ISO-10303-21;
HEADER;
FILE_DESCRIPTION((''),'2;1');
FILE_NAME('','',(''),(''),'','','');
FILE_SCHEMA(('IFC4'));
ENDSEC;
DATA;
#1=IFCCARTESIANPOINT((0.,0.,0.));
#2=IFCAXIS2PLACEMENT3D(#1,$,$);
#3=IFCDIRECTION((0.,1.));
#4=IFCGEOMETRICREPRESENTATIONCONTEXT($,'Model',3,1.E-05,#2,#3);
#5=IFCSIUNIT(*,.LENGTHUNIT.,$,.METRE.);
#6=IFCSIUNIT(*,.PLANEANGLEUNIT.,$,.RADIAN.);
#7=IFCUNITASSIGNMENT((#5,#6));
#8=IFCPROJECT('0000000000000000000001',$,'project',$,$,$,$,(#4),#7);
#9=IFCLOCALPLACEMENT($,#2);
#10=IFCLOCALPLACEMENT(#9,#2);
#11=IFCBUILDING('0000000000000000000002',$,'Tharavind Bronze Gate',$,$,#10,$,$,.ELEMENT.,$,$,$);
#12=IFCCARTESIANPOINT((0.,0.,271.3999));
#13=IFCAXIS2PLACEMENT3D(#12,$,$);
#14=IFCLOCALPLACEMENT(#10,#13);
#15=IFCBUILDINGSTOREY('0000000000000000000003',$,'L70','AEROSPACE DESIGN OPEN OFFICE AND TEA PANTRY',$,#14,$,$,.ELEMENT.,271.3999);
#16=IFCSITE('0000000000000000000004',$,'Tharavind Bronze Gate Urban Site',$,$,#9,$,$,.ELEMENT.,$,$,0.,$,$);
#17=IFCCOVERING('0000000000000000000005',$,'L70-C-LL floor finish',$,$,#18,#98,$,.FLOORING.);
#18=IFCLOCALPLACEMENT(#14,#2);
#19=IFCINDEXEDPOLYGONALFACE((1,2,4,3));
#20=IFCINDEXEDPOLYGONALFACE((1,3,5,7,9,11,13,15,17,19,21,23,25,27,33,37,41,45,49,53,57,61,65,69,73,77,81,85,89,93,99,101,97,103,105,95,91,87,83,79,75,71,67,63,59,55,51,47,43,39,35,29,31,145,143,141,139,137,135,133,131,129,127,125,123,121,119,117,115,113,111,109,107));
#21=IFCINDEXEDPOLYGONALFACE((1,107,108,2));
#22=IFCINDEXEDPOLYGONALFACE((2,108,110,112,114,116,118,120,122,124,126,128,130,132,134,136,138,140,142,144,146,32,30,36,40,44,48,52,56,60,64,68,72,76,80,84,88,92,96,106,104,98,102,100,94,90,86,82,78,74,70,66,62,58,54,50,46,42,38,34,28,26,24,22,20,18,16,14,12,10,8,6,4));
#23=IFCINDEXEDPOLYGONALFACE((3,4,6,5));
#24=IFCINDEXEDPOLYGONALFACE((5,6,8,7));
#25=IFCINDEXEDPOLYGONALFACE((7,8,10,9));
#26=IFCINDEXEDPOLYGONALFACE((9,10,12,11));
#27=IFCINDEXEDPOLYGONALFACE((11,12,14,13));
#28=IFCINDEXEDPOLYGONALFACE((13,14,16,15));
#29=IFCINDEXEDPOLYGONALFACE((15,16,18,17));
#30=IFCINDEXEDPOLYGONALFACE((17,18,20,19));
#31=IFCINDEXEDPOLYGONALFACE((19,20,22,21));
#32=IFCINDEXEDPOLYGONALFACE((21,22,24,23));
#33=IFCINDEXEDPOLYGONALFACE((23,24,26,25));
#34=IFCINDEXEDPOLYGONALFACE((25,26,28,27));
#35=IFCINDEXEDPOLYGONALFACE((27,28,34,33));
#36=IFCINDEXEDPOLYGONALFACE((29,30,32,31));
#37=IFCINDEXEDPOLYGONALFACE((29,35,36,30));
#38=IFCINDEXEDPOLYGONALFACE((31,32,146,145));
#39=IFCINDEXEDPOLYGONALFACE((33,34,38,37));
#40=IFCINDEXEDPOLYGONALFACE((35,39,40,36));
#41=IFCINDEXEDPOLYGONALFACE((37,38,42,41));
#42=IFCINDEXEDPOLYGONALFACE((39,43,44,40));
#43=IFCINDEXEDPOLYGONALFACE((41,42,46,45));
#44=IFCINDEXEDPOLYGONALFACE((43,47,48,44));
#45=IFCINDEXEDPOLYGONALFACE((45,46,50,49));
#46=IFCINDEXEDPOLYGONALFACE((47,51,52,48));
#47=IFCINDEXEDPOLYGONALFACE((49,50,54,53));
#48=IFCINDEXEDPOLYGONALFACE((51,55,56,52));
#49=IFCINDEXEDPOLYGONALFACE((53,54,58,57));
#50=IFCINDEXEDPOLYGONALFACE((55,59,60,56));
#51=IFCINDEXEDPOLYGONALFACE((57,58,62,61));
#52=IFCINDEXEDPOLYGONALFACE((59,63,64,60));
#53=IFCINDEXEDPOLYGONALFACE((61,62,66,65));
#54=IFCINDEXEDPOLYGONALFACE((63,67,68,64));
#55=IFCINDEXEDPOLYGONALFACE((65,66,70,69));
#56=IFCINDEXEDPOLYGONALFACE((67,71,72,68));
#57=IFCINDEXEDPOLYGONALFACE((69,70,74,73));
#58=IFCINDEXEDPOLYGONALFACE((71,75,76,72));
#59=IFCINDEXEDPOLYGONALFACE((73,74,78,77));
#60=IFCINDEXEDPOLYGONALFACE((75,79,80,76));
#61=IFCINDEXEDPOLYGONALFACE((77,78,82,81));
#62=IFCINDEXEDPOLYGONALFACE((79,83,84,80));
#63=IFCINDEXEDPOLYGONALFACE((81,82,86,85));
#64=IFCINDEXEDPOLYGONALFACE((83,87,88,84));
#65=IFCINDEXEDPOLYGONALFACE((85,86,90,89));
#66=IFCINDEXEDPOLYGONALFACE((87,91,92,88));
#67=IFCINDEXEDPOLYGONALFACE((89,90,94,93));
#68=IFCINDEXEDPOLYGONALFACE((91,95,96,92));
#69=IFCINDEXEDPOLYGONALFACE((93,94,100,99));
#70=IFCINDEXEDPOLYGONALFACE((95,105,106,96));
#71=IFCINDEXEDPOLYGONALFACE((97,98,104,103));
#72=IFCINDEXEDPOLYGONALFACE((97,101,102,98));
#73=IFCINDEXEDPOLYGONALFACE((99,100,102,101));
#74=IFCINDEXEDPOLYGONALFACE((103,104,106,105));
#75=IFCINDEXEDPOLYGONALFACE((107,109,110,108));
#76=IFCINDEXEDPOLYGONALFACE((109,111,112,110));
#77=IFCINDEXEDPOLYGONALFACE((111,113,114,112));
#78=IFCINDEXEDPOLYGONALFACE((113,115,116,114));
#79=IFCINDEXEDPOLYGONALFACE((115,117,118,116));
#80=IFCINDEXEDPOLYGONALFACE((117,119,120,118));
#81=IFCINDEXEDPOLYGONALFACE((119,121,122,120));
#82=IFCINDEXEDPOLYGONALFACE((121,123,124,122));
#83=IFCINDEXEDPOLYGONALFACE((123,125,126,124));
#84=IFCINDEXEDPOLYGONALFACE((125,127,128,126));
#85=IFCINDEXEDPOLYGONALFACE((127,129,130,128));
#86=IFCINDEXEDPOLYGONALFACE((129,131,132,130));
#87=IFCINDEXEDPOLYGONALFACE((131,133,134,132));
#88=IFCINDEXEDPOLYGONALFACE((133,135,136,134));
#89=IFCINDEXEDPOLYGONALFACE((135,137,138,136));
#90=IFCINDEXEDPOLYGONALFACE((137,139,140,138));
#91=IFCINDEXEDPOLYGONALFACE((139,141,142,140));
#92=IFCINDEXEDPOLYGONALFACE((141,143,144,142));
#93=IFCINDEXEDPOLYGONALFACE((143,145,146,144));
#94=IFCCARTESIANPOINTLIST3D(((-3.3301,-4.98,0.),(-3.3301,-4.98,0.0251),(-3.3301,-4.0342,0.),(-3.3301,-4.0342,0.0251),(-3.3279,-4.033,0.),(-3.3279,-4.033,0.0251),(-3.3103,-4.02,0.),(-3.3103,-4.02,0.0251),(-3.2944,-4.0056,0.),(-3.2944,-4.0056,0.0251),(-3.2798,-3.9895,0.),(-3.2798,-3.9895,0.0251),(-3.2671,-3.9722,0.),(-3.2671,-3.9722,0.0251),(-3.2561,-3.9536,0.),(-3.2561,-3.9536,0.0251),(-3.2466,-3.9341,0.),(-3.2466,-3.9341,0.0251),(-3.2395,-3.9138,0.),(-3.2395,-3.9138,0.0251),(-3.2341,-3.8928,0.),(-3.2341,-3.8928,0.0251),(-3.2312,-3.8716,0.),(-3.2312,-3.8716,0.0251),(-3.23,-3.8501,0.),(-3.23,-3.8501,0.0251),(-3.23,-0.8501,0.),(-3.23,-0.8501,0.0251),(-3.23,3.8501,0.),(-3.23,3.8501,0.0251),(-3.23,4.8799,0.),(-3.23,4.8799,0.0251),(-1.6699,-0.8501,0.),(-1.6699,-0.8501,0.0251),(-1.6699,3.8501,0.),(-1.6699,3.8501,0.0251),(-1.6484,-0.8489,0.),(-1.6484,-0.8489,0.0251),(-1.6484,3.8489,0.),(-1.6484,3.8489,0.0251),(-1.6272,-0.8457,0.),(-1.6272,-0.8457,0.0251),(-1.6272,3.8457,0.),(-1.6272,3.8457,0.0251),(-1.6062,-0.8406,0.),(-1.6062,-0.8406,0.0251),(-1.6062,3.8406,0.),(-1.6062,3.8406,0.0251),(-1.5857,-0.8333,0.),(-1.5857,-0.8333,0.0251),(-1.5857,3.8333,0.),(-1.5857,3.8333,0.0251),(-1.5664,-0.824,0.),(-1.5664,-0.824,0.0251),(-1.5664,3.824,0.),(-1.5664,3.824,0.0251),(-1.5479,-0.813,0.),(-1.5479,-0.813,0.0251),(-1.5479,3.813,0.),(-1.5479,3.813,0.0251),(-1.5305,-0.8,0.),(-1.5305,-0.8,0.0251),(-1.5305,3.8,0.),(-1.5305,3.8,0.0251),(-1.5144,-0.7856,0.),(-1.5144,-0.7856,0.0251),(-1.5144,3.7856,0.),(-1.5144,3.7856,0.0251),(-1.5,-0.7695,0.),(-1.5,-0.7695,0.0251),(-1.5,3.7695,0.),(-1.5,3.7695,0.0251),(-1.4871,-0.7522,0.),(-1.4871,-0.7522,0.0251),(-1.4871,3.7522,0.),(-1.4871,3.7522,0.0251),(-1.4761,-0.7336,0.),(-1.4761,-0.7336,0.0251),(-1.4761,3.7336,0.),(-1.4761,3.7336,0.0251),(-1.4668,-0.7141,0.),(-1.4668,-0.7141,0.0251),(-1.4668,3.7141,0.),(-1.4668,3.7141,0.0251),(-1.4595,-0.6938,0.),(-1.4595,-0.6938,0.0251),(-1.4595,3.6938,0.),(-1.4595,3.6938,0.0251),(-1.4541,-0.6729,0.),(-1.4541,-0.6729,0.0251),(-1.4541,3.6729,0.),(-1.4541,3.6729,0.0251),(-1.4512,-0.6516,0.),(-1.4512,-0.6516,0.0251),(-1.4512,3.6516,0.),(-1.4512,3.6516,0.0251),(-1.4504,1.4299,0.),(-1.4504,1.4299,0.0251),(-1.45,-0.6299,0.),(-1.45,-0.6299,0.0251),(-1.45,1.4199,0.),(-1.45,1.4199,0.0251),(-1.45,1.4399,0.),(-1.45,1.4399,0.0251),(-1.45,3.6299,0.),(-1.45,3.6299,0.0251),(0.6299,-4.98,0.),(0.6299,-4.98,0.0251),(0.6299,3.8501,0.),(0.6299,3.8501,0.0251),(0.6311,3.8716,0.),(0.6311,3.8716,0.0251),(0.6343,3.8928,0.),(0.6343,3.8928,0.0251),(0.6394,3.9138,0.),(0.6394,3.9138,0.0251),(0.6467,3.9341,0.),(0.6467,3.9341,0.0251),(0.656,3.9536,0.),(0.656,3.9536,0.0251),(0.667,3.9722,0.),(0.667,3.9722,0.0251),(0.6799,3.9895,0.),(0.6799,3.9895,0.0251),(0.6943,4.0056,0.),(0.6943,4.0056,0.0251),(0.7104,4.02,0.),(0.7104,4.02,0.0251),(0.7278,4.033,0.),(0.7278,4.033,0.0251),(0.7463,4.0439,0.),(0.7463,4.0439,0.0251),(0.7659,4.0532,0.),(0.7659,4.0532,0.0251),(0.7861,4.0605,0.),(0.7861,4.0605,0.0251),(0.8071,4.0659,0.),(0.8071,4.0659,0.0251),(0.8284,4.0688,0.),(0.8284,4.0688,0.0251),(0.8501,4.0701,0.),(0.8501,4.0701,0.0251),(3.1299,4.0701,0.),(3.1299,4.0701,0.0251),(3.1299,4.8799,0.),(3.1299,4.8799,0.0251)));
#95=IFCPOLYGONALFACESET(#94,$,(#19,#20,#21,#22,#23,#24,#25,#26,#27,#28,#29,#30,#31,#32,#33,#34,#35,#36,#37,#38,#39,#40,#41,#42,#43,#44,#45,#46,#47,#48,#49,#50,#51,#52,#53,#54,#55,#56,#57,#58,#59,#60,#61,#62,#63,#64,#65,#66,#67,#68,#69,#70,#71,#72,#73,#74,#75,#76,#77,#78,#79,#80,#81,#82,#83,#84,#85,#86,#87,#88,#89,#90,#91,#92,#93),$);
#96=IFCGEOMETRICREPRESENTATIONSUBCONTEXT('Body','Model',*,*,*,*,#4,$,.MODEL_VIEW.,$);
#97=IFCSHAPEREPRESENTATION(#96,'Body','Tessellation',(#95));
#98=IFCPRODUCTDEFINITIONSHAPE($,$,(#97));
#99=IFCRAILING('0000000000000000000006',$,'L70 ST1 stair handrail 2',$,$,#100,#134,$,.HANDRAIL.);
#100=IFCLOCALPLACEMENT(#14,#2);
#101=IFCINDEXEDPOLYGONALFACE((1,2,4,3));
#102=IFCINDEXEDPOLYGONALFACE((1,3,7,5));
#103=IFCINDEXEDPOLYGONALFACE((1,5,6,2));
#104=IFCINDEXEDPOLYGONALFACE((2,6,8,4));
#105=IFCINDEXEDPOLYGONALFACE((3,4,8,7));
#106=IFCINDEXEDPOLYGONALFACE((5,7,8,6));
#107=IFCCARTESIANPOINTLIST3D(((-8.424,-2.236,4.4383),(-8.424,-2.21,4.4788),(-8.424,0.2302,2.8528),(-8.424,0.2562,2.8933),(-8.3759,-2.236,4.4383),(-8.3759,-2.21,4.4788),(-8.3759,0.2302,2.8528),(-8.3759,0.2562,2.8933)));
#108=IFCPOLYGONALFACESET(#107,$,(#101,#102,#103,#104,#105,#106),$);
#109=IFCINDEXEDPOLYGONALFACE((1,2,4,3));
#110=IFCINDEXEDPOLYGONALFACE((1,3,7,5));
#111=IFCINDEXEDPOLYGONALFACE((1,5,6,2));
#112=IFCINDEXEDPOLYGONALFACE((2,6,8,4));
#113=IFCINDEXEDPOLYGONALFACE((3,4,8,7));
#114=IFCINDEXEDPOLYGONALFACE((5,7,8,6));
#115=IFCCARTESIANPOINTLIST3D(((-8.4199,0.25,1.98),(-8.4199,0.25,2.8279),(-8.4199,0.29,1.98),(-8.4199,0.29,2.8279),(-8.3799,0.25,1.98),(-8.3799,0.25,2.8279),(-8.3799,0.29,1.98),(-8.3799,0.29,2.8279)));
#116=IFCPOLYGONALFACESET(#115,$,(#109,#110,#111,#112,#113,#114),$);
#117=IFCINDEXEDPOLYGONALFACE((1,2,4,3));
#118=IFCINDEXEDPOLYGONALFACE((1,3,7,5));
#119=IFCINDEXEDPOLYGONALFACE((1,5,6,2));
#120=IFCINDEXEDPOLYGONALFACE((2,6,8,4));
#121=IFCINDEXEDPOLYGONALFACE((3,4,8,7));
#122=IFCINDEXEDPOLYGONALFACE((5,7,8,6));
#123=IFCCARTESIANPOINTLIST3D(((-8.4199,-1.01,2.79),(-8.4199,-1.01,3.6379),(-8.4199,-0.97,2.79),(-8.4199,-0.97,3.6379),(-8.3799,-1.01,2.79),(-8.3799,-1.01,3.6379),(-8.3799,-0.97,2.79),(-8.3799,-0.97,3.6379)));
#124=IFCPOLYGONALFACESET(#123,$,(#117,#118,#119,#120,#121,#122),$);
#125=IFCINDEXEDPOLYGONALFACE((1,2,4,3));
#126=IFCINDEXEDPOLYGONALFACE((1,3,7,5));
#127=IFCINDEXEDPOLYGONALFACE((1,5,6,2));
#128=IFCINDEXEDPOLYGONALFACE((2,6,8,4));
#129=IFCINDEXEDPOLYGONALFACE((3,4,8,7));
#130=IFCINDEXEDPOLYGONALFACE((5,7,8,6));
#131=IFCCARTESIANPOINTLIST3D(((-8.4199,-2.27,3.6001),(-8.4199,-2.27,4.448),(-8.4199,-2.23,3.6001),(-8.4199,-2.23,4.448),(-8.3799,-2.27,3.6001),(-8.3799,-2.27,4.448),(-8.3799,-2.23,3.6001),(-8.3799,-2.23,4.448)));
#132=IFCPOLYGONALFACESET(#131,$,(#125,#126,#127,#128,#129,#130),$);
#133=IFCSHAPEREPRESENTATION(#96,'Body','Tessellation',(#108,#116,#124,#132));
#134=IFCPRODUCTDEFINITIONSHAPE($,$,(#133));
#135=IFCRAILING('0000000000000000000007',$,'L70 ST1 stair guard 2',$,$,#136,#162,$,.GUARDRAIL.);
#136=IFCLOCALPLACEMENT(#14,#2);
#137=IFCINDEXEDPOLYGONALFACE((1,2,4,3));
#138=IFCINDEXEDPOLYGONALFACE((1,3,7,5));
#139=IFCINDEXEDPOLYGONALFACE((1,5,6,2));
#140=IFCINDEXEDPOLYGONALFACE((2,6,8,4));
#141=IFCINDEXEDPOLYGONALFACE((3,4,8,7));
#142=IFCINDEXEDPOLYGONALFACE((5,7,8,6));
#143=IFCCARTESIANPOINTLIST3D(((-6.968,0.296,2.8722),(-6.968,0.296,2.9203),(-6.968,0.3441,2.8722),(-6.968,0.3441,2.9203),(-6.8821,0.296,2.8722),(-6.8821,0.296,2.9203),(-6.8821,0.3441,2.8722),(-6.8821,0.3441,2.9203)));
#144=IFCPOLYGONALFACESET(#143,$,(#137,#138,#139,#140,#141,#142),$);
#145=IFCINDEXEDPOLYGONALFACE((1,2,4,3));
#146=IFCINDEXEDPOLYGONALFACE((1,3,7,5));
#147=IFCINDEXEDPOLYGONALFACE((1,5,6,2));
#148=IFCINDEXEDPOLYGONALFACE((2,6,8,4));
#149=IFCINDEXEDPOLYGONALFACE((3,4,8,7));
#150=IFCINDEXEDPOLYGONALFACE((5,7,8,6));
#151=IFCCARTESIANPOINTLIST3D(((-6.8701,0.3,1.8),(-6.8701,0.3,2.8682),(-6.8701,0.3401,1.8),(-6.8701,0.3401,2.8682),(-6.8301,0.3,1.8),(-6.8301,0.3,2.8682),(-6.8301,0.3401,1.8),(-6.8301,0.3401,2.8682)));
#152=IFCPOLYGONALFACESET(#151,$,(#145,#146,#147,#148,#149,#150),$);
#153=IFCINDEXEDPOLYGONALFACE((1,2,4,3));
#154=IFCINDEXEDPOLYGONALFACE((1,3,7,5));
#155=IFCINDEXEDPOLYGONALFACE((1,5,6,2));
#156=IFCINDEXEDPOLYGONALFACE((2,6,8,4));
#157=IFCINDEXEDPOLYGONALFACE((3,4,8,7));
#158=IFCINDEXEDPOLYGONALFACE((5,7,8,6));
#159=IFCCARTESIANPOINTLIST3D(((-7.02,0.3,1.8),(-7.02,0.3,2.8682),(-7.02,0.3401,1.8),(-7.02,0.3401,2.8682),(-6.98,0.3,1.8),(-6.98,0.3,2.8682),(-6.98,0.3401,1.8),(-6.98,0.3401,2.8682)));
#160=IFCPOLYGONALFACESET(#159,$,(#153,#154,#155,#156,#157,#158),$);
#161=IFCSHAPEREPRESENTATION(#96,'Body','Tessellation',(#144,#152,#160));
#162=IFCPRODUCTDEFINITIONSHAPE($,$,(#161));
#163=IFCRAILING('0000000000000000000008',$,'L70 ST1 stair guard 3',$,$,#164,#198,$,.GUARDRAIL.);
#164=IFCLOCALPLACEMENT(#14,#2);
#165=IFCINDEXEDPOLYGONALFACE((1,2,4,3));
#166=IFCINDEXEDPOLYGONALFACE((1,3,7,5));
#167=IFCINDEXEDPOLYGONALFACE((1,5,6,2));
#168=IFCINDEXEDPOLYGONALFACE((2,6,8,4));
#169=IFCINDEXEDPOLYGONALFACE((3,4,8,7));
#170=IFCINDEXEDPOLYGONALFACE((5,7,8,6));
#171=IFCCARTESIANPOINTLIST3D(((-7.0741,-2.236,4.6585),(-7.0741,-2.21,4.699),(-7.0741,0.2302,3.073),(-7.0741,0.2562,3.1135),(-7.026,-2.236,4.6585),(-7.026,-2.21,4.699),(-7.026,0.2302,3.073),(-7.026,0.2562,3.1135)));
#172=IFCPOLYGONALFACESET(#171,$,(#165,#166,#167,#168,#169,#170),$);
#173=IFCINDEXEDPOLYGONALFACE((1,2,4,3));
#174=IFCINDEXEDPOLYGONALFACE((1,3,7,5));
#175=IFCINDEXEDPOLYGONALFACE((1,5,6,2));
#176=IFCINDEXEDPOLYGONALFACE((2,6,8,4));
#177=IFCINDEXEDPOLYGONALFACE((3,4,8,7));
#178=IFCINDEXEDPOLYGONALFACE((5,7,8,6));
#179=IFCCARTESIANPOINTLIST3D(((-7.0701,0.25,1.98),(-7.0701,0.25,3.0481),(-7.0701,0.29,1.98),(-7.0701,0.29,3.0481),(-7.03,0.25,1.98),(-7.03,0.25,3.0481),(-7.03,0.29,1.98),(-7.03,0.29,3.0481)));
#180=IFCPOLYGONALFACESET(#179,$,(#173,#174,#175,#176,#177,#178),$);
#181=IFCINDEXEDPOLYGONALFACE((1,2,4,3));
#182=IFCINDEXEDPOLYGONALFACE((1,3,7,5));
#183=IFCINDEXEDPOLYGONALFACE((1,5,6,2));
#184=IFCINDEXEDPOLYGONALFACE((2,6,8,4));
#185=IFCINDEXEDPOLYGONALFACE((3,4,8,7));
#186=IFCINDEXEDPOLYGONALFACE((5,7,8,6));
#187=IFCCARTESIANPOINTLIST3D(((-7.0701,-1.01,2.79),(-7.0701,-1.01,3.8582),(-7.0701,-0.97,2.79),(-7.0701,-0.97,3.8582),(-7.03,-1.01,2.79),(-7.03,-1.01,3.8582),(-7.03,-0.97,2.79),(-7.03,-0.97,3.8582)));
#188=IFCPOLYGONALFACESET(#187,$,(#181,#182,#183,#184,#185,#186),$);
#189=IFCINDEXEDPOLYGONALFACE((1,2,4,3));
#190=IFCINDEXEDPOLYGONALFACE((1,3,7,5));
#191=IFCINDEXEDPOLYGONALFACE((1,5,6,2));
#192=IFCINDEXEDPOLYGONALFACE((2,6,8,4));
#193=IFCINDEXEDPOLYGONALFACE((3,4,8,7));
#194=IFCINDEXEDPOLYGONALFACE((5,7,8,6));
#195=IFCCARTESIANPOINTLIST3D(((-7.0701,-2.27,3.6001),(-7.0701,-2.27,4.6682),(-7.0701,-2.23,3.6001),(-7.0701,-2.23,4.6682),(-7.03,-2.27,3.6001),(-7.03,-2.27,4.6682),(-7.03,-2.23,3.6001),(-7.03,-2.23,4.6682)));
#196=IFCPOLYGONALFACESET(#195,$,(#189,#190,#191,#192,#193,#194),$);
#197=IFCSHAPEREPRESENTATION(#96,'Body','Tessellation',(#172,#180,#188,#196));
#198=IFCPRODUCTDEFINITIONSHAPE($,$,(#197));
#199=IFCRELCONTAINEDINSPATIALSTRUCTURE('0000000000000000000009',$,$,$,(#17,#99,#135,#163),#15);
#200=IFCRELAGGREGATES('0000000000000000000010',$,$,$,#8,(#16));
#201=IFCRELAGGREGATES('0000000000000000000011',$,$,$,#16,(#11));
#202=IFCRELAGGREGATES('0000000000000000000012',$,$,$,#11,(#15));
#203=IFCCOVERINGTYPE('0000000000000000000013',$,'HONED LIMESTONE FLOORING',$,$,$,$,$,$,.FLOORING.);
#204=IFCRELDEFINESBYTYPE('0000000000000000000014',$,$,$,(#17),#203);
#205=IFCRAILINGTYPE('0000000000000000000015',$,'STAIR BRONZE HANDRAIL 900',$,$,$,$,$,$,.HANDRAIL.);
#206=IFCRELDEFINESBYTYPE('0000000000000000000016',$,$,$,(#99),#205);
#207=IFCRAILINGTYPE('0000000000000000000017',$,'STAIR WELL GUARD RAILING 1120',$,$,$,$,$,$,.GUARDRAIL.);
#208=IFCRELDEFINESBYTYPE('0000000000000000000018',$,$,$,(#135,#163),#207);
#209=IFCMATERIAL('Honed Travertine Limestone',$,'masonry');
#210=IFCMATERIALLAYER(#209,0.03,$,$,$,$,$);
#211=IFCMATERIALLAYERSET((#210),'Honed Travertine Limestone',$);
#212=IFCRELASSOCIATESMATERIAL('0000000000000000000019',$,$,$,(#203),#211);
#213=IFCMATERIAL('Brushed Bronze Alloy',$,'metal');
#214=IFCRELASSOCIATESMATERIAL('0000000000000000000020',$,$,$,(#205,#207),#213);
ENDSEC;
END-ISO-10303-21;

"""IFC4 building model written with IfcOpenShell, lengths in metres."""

from ifc_helpers import new_model, si_unit, direction, frame, origin, origin_2d, place, context, subcontext, project, spatial, polyline, rectangle, outline, extrude, material, layer, layer_set, type_object, element, save


model = new_model("IFC4")

# Units and contexts
model_context = context("Model", 3, precision=1e-05, world=origin(), true_north=direction((0.0, 1.0)))
body_context = subcontext(model_context, "Body", "Model", "MODEL_VIEW")
ifc_project = project(units=[si_unit("LENGTHUNIT", "METRE"), si_unit("PLANEANGLEUNIT", "RADIAN")], contexts=[model_context])

# Site, building, storey
site_placement = place(None, origin())
site = spatial("IfcSite", under=ifc_project, at=site_placement, Name="Tharavind Bronze Gate Urban Site", CompositionType="ELEMENT", RefElevation=0.0)
building_placement = place(site_placement, origin())
building = spatial("IfcBuilding", under=site, at=building_placement, Name="Tharavind Bronze Gate", CompositionType="ELEMENT")
storey_placement = place(building_placement, frame((0.0, 0.0, 271.3999)))
storey = spatial("IfcBuildingStorey", under=building, at=storey_placement, Name="L70", Description="AEROSPACE DESIGN OPEN OFFICE AND TEA PANTRY", CompositionType="ELEMENT", Elevation=271.3999)

# Covering
ifc_material_1 = material(Name="Honed Travertine Limestone", Category="masonry")
ifc_layer_1 = layer(ifc_material_1, 0.03)
ifc_layer_set_1 = layer_set([ifc_layer_1], Name="Honed Travertine Limestone")
covering_type_1 = type_object("IfcCoveringType", Name="HONED LIMESTONE FLOORING", PredefinedType="FLOORING", material=ifc_layer_set_1)
covering_1_placement = place(storey_placement, origin())
element("IfcCovering", 1, at=covering_1_placement, inside=storey, type_object=covering_type_1, Name="L70-C-LL floor finish", PredefinedType="FLOORING", context=body_context, shape_type="SweptSolid", body=[
    extrude(outline(polyline([(-3.3301, -4.98), (0.6299, -4.98), (0.6299, 3.8501), (0.6311, 3.8716), (0.6343, 3.8928), (0.6394, 3.9138), (0.6467, 3.9341), (0.656, 3.9536), (0.667, 3.9722), (0.6799, 3.9895), (0.6943, 4.0056), (0.7104, 4.02), (0.7278, 4.033), (0.7463, 4.0439), (0.7659, 4.0532), (0.7861, 4.0605), (0.8071, 4.0659), (0.8284, 4.0688), (0.8501, 4.0701), (3.1299, 4.0701), (3.1299, 4.8799), (-3.23, 4.8799), (-3.23, 3.8501), (-1.6699, 3.8501), (-1.6484, 3.8489), (-1.6272, 3.8457), (-1.6062, 3.8406), (-1.5857, 3.8333), (-1.5664, 3.824), (-1.5479, 3.813), (-1.5305, 3.8), (-1.5144, 3.7856), (-1.5, 3.7695), (-1.4871, 3.7522), (-1.4761, 3.7336), (-1.4668, 3.7141), (-1.4595, 3.6938), (-1.4541, 3.6729), (-1.4512, 3.6516), (-1.45, 3.6299), (-1.45, 1.4399), (-1.4504, 1.4299), (-1.45, 1.4199), (-1.45, -0.6299), (-1.4512, -0.6516), (-1.4541, -0.6729), (-1.4595, -0.6938), (-1.4668, -0.7141), (-1.4761, -0.7336), (-1.4871, -0.7522), (-1.5, -0.7695), (-1.5144, -0.7856), (-1.5305, -0.8), (-1.5479, -0.813), (-1.5664, -0.824), (-1.5857, -0.8333), (-1.6062, -0.8406), (-1.6272, -0.8457), (-1.6484, -0.8489), (-1.6699, -0.8501), (-3.23, -0.8501), (-3.23, -3.8501), (-3.2312, -3.8716), (-3.2341, -3.8928), (-3.2395, -3.9138), (-3.2466, -3.9341), (-3.2561, -3.9536), (-3.2671, -3.9722), (-3.2798, -3.9895), (-3.2944, -4.0056), (-3.3103, -4.02), (-3.3279, -4.033), (-3.3301, -4.0342), (-3.3301, -4.98)])), origin(), (0.0, 0.0, 1.0), 0.0251),
])

# Railings
ifc_material_2 = material(Name="Brushed Bronze Alloy", Category="metal")
railing_type_1 = type_object("IfcRailingType", Name="STAIR BRONZE HANDRAIL 900", PredefinedType="HANDRAIL", material=ifc_material_2)
railing_1_placement = place(storey_placement, frame((-8.3999, 0.27, 1.98)))
element("IfcRailing", 2, at=railing_1_placement, inside=storey, type_object=railing_type_1, Name="L70 ST1 stair handrail 2", PredefinedType="HANDRAIL", context=body_context, shape_type="SweptSolid", body=[
    extrude(rectangle(XDim=0.0481, YDim=0.0481, at=origin_2d()), frame((0.0, -0.0269, 0.8931), z_axis=(0.0, -0.841163, 0.540782), x_axis=(1.0, 0.0, 0.0)), (0.0, 0.0, 1.0), 2.9319),
    extrude(rectangle(XDim=0.04, YDim=0.04, at=origin_2d()), origin(), (0.0, 0.0, 1.0), 0.8479),
    extrude(rectangle(XDim=0.04, YDim=0.04, at=origin_2d()), frame((0.0, -1.26, 0.8101)), (0.0, 0.0, 1.0), 0.8479),
    extrude(rectangle(XDim=0.04, YDim=0.04, at=origin_2d()), frame((0.0, -2.52, 1.6201)), (0.0, 0.0, 1.0), 0.8479),
])
railing_type_2 = type_object("IfcRailingType", Name="STAIR WELL GUARD RAILING 1120", PredefinedType="GUARDRAIL", material=ifc_material_2)
railing_2_placement = place(storey_placement, frame((-6.8501, 0.3201, 1.8)))
element("IfcRailing", 3, at=railing_2_placement, inside=storey, type_object=railing_type_2, Name="L70 ST1 stair guard 2", PredefinedType="GUARDRAIL", context=body_context, shape_type="SweptSolid", body=[
    extrude(rectangle(XDim=0.0481, YDim=0.0481, at=origin_2d()), frame((-0.032, 0.0, 1.0962), z_axis=(-1.0, 0.0, 0.0), x_axis=(0.0, -1.0, 0.0)), (0.0, 0.0, 1.0), 0.0859),
    extrude(rectangle(XDim=0.04, YDim=0.04, at=origin_2d()), origin(), (0.0, 0.0, 1.0), 1.0681),
    extrude(rectangle(XDim=0.04, YDim=0.04, at=origin_2d()), frame((-0.1499, 0.0, 0.0)), (0.0, 0.0, 1.0), 1.0681),
])
railing_3_placement = place(storey_placement, frame((-7.05, 0.27, 1.98)))
element("IfcRailing", 4, at=railing_3_placement, inside=storey, type_object=railing_type_2, Name="L70 ST1 stair guard 3", PredefinedType="GUARDRAIL", context=body_context, shape_type="SweptSolid", body=[
    extrude(rectangle(XDim=0.0481, YDim=0.0481, at=origin_2d()), frame((0.0, -0.0269, 1.1133), z_axis=(0.0, -0.841163, 0.540782), x_axis=(1.0, 0.0, 0.0)), (0.0, 0.0, 1.0), 2.9319),
    extrude(rectangle(XDim=0.04, YDim=0.04, at=origin_2d()), origin(), (0.0, 0.0, 1.0), 1.0681),
    extrude(rectangle(XDim=0.04, YDim=0.04, at=origin_2d()), frame((0.0, -1.26, 0.8101)), (0.0, 0.0, 1.0), 1.0681),
    extrude(rectangle(XDim=0.04, YDim=0.04, at=origin_2d()), frame((0.0, -2.52, 1.6201)), (0.0, 0.0, 1.0), 1.0681),
])

save(model, "model.ifc")
